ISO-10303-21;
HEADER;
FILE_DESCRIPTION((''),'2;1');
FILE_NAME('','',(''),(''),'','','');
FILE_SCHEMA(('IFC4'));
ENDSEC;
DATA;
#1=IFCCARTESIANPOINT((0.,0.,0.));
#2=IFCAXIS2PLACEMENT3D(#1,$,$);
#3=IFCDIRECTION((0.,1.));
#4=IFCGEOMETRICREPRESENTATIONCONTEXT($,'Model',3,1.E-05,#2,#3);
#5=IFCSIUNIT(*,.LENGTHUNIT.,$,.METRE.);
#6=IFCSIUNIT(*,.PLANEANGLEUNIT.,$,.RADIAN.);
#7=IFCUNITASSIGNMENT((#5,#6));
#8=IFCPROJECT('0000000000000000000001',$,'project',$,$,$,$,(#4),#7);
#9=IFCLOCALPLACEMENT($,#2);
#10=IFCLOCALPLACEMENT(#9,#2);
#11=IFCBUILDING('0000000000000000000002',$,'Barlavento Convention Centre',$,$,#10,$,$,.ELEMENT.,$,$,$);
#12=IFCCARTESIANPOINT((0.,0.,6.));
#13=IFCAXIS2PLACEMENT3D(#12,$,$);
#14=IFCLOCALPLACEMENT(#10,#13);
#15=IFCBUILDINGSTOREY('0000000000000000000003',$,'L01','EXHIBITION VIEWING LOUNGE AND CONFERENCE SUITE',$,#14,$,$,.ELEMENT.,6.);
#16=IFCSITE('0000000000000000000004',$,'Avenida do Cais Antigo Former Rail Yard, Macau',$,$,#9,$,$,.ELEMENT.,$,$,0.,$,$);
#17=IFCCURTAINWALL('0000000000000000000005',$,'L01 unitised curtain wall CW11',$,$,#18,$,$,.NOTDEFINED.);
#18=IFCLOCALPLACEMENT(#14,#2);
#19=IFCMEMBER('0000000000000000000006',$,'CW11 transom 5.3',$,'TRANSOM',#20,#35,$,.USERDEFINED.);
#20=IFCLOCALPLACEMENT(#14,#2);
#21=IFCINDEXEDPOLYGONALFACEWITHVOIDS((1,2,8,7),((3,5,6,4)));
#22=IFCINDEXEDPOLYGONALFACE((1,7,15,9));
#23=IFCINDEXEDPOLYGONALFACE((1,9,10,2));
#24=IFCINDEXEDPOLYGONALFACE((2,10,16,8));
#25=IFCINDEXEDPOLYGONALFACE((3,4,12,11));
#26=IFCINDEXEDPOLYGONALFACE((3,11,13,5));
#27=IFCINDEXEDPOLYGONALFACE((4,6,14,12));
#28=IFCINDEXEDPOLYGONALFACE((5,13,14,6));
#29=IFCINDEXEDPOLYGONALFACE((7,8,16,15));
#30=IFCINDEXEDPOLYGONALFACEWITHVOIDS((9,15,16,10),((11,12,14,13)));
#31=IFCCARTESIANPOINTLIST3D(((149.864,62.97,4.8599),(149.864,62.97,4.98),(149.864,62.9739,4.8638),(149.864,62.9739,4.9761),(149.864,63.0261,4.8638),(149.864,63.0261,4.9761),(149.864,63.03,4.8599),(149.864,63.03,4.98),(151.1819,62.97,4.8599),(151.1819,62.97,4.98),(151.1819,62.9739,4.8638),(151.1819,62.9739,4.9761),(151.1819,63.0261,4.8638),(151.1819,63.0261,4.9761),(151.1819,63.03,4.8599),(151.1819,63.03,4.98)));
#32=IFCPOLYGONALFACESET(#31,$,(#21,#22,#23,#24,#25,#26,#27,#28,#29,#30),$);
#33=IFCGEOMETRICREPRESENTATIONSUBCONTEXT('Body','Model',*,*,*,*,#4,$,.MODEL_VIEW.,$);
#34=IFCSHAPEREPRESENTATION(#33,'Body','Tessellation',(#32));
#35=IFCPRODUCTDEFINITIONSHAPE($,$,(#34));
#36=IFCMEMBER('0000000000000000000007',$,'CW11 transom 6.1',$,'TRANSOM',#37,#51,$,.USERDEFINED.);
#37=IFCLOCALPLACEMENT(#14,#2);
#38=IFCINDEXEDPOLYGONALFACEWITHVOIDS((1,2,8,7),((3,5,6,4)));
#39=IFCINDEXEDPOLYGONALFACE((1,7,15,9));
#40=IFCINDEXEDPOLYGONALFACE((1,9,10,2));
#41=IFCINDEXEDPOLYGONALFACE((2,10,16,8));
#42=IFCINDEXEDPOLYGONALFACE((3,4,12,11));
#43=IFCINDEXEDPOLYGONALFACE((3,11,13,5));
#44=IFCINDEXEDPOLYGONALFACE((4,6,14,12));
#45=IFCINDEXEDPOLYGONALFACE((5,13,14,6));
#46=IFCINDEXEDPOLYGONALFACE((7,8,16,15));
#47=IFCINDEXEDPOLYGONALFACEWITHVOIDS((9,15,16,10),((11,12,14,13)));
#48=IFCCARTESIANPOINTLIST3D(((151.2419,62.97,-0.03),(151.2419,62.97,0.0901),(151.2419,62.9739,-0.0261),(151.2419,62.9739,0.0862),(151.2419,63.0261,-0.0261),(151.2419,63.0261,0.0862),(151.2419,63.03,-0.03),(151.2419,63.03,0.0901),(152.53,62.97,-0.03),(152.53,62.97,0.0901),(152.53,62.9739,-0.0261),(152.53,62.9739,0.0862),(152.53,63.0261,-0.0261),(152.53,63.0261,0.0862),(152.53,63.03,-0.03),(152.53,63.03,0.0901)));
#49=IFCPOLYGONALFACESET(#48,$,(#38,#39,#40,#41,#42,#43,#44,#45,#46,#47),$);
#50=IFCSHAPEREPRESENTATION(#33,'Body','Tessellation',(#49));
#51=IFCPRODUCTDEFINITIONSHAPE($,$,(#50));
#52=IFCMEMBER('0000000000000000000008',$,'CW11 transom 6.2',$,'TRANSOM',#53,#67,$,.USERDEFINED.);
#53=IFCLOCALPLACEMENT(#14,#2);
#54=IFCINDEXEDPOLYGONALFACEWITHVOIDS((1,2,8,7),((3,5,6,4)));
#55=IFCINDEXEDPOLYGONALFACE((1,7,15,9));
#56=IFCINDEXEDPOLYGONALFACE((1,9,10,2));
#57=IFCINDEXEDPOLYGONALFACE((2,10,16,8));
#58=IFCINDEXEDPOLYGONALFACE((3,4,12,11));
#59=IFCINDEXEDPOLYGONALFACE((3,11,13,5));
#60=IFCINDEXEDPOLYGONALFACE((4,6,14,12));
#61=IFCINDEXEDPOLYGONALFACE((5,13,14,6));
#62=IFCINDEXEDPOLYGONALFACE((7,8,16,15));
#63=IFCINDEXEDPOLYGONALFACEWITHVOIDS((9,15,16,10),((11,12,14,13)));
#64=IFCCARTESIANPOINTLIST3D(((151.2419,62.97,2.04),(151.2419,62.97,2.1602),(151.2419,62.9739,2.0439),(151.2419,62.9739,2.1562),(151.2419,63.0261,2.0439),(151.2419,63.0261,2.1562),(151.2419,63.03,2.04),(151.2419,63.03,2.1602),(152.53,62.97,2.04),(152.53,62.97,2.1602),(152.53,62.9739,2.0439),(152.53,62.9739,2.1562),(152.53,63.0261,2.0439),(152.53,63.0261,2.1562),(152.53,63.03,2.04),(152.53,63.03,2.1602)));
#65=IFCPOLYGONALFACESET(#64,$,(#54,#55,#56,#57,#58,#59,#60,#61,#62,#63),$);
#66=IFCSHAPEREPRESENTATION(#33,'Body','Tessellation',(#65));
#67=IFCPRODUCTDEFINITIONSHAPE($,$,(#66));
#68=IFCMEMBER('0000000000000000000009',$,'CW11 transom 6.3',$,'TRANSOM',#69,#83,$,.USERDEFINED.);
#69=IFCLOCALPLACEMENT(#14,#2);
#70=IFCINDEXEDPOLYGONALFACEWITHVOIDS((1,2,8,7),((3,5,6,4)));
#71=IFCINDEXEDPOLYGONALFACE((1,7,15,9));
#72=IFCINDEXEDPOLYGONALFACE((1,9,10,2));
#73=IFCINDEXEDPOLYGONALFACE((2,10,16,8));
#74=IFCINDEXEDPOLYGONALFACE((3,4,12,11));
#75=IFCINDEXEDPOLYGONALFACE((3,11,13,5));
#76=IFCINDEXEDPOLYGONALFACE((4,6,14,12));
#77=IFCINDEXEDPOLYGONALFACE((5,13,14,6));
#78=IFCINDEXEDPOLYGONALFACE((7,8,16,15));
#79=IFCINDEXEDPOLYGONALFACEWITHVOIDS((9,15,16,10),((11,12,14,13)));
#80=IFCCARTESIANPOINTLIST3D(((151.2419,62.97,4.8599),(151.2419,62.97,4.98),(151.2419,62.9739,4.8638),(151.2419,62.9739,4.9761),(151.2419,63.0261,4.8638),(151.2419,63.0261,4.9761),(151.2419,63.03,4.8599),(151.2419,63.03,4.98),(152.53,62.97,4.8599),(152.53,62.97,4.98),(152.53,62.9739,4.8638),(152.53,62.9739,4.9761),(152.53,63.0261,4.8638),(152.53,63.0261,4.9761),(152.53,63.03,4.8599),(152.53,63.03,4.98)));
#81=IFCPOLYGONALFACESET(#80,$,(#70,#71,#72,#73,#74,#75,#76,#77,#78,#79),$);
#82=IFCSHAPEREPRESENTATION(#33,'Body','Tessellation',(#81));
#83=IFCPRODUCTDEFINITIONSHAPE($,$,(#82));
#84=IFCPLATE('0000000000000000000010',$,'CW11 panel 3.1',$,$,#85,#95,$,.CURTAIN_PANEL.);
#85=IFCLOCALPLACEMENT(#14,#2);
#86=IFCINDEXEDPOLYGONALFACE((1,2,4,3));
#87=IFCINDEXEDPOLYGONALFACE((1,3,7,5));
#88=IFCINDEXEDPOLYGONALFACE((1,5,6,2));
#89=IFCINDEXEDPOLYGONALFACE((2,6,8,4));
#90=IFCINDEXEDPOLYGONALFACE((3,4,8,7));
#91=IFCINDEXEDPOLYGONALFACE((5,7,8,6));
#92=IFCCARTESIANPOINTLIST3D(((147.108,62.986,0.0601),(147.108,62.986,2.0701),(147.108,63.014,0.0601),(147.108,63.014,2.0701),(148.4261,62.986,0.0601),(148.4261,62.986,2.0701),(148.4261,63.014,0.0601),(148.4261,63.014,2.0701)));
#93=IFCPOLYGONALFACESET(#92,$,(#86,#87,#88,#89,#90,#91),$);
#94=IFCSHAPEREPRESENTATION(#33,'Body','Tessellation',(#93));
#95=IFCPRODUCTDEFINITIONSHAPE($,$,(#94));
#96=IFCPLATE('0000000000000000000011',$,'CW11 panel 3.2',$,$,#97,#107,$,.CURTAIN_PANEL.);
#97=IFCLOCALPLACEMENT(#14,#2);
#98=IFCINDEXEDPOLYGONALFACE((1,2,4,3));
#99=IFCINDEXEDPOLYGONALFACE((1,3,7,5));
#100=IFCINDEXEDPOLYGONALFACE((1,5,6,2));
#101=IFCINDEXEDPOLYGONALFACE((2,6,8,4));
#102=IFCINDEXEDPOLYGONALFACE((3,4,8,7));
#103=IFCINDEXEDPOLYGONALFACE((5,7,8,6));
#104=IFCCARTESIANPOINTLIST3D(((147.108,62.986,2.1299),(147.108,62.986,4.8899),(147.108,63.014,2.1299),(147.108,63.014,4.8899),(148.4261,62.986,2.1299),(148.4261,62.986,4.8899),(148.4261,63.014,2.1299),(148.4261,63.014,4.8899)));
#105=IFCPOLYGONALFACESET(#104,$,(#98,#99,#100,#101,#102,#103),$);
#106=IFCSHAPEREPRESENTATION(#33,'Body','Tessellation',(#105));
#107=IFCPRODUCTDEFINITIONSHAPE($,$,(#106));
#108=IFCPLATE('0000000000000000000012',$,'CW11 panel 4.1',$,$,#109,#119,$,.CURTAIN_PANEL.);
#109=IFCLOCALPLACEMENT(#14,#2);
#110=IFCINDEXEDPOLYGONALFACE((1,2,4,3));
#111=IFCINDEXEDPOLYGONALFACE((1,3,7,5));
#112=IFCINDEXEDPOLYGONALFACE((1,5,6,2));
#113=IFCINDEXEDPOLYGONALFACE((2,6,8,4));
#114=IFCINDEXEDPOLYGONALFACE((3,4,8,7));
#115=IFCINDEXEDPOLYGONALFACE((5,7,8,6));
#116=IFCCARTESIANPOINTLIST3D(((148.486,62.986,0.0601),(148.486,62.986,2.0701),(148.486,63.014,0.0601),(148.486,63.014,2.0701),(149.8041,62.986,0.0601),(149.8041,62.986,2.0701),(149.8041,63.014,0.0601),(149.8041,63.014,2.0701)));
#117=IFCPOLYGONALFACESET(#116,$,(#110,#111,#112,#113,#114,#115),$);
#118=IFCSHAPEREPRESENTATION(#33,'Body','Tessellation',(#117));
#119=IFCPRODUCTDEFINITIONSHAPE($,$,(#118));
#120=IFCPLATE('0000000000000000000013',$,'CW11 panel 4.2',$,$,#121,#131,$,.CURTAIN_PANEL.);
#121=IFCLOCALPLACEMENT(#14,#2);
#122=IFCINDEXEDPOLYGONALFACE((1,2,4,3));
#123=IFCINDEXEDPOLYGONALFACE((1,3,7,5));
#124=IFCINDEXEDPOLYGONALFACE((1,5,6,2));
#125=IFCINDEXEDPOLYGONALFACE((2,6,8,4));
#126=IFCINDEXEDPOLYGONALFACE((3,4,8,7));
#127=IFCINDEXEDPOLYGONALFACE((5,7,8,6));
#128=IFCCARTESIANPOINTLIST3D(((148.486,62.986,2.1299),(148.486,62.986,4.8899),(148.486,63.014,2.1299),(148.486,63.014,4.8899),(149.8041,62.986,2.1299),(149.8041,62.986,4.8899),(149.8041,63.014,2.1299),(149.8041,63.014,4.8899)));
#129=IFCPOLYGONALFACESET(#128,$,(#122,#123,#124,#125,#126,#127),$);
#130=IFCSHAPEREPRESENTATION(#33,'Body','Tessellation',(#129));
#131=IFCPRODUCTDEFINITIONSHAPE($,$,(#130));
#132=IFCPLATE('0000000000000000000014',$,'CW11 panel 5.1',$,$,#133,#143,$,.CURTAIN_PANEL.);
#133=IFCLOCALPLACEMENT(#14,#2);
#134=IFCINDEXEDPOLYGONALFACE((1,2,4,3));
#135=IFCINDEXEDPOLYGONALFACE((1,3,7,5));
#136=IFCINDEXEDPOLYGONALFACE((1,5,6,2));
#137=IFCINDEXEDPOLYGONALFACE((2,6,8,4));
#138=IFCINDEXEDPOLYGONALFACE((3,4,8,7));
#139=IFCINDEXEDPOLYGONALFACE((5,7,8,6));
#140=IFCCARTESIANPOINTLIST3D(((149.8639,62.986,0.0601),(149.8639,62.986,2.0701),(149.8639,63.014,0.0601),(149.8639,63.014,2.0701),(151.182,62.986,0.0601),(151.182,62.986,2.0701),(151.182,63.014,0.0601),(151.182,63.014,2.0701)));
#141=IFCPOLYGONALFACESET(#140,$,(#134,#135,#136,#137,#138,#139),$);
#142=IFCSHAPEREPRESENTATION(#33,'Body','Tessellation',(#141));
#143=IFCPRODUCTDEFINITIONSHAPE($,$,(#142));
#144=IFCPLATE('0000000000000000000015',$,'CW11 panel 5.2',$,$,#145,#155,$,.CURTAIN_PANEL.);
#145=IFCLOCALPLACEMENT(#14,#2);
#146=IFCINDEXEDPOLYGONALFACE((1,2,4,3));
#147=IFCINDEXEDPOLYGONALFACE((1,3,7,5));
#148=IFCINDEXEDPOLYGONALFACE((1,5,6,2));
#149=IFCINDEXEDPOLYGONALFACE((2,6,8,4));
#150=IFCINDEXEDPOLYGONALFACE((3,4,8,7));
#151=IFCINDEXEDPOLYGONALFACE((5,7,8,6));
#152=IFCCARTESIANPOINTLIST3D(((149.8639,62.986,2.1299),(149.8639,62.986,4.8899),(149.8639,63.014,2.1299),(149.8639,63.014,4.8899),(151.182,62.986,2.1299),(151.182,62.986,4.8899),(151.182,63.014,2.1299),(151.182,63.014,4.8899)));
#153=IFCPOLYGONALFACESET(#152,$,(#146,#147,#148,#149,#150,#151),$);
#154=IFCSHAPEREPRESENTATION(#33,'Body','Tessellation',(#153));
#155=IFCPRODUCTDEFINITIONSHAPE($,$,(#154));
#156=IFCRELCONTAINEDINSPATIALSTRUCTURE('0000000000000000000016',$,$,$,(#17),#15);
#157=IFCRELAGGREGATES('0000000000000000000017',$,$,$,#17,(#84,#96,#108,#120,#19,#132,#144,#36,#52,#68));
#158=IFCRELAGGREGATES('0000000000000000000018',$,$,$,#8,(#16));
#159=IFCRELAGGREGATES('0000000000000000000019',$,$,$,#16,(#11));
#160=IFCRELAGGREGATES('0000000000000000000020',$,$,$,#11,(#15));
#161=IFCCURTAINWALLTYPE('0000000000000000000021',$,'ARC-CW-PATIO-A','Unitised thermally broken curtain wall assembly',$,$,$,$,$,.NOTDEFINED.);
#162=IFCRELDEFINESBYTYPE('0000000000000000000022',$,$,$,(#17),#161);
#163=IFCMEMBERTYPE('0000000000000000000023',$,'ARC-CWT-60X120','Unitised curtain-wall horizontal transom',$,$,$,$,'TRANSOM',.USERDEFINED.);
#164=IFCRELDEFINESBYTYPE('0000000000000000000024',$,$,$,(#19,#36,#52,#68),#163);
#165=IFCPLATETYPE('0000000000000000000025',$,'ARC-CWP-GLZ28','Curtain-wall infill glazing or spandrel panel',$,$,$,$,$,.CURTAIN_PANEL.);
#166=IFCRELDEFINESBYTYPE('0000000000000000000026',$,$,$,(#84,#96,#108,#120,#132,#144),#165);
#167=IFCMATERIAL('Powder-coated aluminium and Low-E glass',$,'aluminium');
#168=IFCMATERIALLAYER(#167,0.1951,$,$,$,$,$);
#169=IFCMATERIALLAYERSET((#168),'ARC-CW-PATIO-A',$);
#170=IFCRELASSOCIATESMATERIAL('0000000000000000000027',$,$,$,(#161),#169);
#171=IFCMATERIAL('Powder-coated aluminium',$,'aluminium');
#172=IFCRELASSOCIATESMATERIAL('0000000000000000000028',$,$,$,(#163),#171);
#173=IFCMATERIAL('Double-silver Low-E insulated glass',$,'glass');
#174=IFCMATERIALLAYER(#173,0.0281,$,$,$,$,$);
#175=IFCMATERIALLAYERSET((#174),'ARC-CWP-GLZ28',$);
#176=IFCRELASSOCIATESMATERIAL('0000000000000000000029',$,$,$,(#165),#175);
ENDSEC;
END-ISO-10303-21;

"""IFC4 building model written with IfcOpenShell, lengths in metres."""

from ifc_helpers import new_model, si_unit, direction, frame, origin, origin_2d, place, context, subcontext, project, spatial, rectangle, hollow_rectangle, extrude, material, layer, layer_set, material_profile, profile_set, type_object, element, aggregate, save


model = new_model("IFC4")

# Units and contexts
model_context = context("Model", 3, precision=1e-05, world=origin(), true_north=direction((0.0, 1.0)))
body_context = subcontext(model_context, "Body", "Model", "MODEL_VIEW")
ifc_project = project(units=[si_unit("LENGTHUNIT", "METRE"), si_unit("PLANEANGLEUNIT", "RADIAN")], contexts=[model_context])

# Site, building, storey
site_placement = place(None, origin())
site = spatial("IfcSite", under=ifc_project, at=site_placement, Name="Avenida do Cais Antigo Former Rail Yard, Macau", CompositionType="ELEMENT", RefElevation=0.0)
building_placement = place(site_placement, origin())
building = spatial("IfcBuilding", under=site, at=building_placement, Name="Barlavento Convention Centre", CompositionType="ELEMENT")
storey_placement = place(building_placement, frame((0.0, 0.0, 6.0)))
storey = spatial("IfcBuildingStorey", under=building, at=storey_placement, Name="L01", Description="EXHIBITION VIEWING LOUNGE AND CONFERENCE SUITE", CompositionType="ELEMENT", Elevation=6.0)

# Curtain wall, members, plates
ifc_material_1 = material(Name="Powder-coated aluminium and Low-E glass", Category="aluminium")
ifc_layer_1 = layer(ifc_material_1, 0.1951)
ifc_layer_set_1 = layer_set([ifc_layer_1], Name="ARC-CW-PATIO-A")
curtain_wall_type = type_object("IfcCurtainWallType", Name="ARC-CW-PATIO-A", Description="Unitised thermally broken curtain wall assembly", PredefinedType="NOTDEFINED", material=ifc_layer_set_1)
curtain_wall_placement = place(storey_placement, origin())
curtain_wall = element("IfcCurtainWall", 1, at=curtain_wall_placement, inside=storey, type_object=curtain_wall_type, Name="L01 unitised curtain wall CW11", PredefinedType="NOTDEFINED")
ifc_material_2 = material(Name="Powder-coated aluminium", Category="aluminium")
ifc_material_profile_1 = material_profile(ifc_material_2, hollow_rectangle(XDim=0.0601, YDim=0.1201, WallThickness=0.0039, at=origin_2d()), Name="AL-TRAN 60x120x4")
ifc_profile_set_1 = profile_set([ifc_material_profile_1], Name="Powder-coated aluminium")
member_type_1 = type_object("IfcMemberType", Name="ARC-CWT-60X120", Description="Unitised curtain-wall horizontal transom", ElementType="TRANSOM", PredefinedType="USERDEFINED", material=ifc_profile_set_1)
member_1_placement = place(storey_placement, frame((149.864, 63.0, 4.9199), z_axis=(1.0, 0.0, 0.0), x_axis=(0.0, 1.0, 0.0)))
member_1 = element("IfcMember", 2, at=member_1_placement, type_object=member_type_1, Name="CW11 transom 5.3", ObjectType="TRANSOM", PredefinedType="USERDEFINED", context=body_context, shape_type="SweptSolid", body=[
    extrude(hollow_rectangle(XDim=0.0601, YDim=0.1201, WallThickness=0.0039, at=origin_2d()), origin(), (0.0, 0.0, 1.0), 1.3179),
])
member_2_placement = place(storey_placement, frame((151.2419, 63.0, 0.03), z_axis=(1.0, 0.0, 0.0), x_axis=(0.0, 1.0, 0.0)))
member_2 = element("IfcMember", 3, at=member_2_placement, type_object=member_type_1, Name="CW11 transom 6.1", ObjectType="TRANSOM", PredefinedType="USERDEFINED", context=body_context, shape_type="SweptSolid", body=[
    extrude(hollow_rectangle(XDim=0.0601, YDim=0.1201, WallThickness=0.0039, at=origin_2d()), origin(), (0.0, 0.0, 1.0), 1.2881),
])
member_3_placement = place(storey_placement, frame((151.2419, 63.0, 2.1001), z_axis=(1.0, 0.0, 0.0), x_axis=(0.0, 1.0, 0.0)))
member_3 = element("IfcMember", 4, at=member_3_placement, type_object=member_type_1, Name="CW11 transom 6.2", ObjectType="TRANSOM", PredefinedType="USERDEFINED", context=body_context, shape_type="SweptSolid", body=[
    extrude(hollow_rectangle(XDim=0.0601, YDim=0.1201, WallThickness=0.0039, at=origin_2d()), origin(), (0.0, 0.0, 1.0), 1.2881),
])
member_4_placement = place(storey_placement, frame((151.2419, 63.0, 4.9199), z_axis=(1.0, 0.0, 0.0), x_axis=(0.0, 1.0, 0.0)))
member_4 = element("IfcMember", 5, at=member_4_placement, type_object=member_type_1, Name="CW11 transom 6.3", ObjectType="TRANSOM", PredefinedType="USERDEFINED", context=body_context, shape_type="SweptSolid", body=[
    extrude(hollow_rectangle(XDim=0.0601, YDim=0.1201, WallThickness=0.0039, at=origin_2d()), origin(), (0.0, 0.0, 1.0), 1.2881),
])
ifc_material_3 = material(Name="Double-silver Low-E insulated glass", Category="glass")
ifc_layer_2 = layer(ifc_material_3, 0.0281)
ifc_layer_set_2 = layer_set([ifc_layer_2], Name="ARC-CWP-GLZ28")
plate_type = type_object("IfcPlateType", Name="ARC-CWP-GLZ28", Description="Curtain-wall infill glazing or spandrel panel", PredefinedType="CURTAIN_PANEL", material=ifc_layer_set_2)
plate_1_placement = place(storey_placement, frame((147.7671, 63.0, 0.0601), z_axis=(0.0, 0.0, 1.0), x_axis=(1.0, 0.0, 0.0)))
plate_1 = element("IfcPlate", 6, at=plate_1_placement, type_object=plate_type, Name="CW11 panel 3.1", PredefinedType="CURTAIN_PANEL", context=body_context, shape_type="SweptSolid", body=[
    extrude(rectangle(XDim=1.3181, YDim=0.0281, at=origin_2d()), origin(), (0.0, 0.0, 1.0), 2.01),
])
plate_2_placement = place(storey_placement, frame((147.7671, 63.0, 2.1299), z_axis=(0.0, 0.0, 1.0), x_axis=(1.0, 0.0, 0.0)))
plate_2 = element("IfcPlate", 7, at=plate_2_placement, type_object=plate_type, Name="CW11 panel 3.2", PredefinedType="CURTAIN_PANEL", context=body_context, shape_type="SweptSolid", body=[
    extrude(rectangle(XDim=1.3181, YDim=0.0281, at=origin_2d()), origin(), (0.0, 0.0, 1.0), 2.76),
])
plate_3_placement = place(storey_placement, frame((149.145, 63.0, 0.0601), z_axis=(0.0, 0.0, 1.0), x_axis=(1.0, 0.0, 0.0)))
plate_3 = element("IfcPlate", 8, at=plate_3_placement, type_object=plate_type, Name="CW11 panel 4.1", PredefinedType="CURTAIN_PANEL", context=body_context, shape_type="SweptSolid", body=[
    extrude(rectangle(XDim=1.3181, YDim=0.0281, at=origin_2d()), origin(), (0.0, 0.0, 1.0), 2.01),
])
plate_4_placement = place(storey_placement, frame((149.145, 63.0, 2.1299), z_axis=(0.0, 0.0, 1.0), x_axis=(1.0, 0.0, 0.0)))
plate_4 = element("IfcPlate", 9, at=plate_4_placement, type_object=plate_type, Name="CW11 panel 4.2", PredefinedType="CURTAIN_PANEL", context=body_context, shape_type="SweptSolid", body=[
    extrude(rectangle(XDim=1.3181, YDim=0.0281, at=origin_2d()), origin(), (0.0, 0.0, 1.0), 2.76),
])
plate_5_placement = place(storey_placement, frame((150.5229, 63.0, 0.0601), z_axis=(0.0, 0.0, 1.0), x_axis=(1.0, 0.0, 0.0)))
plate_5 = element("IfcPlate", 10, at=plate_5_placement, type_object=plate_type, Name="CW11 panel 5.1", PredefinedType="CURTAIN_PANEL", context=body_context, shape_type="SweptSolid", body=[
    extrude(rectangle(XDim=1.3181, YDim=0.0281, at=origin_2d()), origin(), (0.0, 0.0, 1.0), 2.01),
])
plate_6_placement = place(storey_placement, frame((150.5229, 63.0, 2.1299), z_axis=(0.0, 0.0, 1.0), x_axis=(1.0, 0.0, 0.0)))
plate_6 = element("IfcPlate", 11, at=plate_6_placement, type_object=plate_type, Name="CW11 panel 5.2", PredefinedType="CURTAIN_PANEL", context=body_context, shape_type="SweptSolid", body=[
    extrude(rectangle(XDim=1.3181, YDim=0.0281, at=origin_2d()), origin(), (0.0, 0.0, 1.0), 2.76),
])
aggregate(curtain_wall, [plate_1, plate_2, plate_3, plate_4, member_1, plate_5, plate_6, member_2, member_3, member_4])

save(model, "model.ifc")
